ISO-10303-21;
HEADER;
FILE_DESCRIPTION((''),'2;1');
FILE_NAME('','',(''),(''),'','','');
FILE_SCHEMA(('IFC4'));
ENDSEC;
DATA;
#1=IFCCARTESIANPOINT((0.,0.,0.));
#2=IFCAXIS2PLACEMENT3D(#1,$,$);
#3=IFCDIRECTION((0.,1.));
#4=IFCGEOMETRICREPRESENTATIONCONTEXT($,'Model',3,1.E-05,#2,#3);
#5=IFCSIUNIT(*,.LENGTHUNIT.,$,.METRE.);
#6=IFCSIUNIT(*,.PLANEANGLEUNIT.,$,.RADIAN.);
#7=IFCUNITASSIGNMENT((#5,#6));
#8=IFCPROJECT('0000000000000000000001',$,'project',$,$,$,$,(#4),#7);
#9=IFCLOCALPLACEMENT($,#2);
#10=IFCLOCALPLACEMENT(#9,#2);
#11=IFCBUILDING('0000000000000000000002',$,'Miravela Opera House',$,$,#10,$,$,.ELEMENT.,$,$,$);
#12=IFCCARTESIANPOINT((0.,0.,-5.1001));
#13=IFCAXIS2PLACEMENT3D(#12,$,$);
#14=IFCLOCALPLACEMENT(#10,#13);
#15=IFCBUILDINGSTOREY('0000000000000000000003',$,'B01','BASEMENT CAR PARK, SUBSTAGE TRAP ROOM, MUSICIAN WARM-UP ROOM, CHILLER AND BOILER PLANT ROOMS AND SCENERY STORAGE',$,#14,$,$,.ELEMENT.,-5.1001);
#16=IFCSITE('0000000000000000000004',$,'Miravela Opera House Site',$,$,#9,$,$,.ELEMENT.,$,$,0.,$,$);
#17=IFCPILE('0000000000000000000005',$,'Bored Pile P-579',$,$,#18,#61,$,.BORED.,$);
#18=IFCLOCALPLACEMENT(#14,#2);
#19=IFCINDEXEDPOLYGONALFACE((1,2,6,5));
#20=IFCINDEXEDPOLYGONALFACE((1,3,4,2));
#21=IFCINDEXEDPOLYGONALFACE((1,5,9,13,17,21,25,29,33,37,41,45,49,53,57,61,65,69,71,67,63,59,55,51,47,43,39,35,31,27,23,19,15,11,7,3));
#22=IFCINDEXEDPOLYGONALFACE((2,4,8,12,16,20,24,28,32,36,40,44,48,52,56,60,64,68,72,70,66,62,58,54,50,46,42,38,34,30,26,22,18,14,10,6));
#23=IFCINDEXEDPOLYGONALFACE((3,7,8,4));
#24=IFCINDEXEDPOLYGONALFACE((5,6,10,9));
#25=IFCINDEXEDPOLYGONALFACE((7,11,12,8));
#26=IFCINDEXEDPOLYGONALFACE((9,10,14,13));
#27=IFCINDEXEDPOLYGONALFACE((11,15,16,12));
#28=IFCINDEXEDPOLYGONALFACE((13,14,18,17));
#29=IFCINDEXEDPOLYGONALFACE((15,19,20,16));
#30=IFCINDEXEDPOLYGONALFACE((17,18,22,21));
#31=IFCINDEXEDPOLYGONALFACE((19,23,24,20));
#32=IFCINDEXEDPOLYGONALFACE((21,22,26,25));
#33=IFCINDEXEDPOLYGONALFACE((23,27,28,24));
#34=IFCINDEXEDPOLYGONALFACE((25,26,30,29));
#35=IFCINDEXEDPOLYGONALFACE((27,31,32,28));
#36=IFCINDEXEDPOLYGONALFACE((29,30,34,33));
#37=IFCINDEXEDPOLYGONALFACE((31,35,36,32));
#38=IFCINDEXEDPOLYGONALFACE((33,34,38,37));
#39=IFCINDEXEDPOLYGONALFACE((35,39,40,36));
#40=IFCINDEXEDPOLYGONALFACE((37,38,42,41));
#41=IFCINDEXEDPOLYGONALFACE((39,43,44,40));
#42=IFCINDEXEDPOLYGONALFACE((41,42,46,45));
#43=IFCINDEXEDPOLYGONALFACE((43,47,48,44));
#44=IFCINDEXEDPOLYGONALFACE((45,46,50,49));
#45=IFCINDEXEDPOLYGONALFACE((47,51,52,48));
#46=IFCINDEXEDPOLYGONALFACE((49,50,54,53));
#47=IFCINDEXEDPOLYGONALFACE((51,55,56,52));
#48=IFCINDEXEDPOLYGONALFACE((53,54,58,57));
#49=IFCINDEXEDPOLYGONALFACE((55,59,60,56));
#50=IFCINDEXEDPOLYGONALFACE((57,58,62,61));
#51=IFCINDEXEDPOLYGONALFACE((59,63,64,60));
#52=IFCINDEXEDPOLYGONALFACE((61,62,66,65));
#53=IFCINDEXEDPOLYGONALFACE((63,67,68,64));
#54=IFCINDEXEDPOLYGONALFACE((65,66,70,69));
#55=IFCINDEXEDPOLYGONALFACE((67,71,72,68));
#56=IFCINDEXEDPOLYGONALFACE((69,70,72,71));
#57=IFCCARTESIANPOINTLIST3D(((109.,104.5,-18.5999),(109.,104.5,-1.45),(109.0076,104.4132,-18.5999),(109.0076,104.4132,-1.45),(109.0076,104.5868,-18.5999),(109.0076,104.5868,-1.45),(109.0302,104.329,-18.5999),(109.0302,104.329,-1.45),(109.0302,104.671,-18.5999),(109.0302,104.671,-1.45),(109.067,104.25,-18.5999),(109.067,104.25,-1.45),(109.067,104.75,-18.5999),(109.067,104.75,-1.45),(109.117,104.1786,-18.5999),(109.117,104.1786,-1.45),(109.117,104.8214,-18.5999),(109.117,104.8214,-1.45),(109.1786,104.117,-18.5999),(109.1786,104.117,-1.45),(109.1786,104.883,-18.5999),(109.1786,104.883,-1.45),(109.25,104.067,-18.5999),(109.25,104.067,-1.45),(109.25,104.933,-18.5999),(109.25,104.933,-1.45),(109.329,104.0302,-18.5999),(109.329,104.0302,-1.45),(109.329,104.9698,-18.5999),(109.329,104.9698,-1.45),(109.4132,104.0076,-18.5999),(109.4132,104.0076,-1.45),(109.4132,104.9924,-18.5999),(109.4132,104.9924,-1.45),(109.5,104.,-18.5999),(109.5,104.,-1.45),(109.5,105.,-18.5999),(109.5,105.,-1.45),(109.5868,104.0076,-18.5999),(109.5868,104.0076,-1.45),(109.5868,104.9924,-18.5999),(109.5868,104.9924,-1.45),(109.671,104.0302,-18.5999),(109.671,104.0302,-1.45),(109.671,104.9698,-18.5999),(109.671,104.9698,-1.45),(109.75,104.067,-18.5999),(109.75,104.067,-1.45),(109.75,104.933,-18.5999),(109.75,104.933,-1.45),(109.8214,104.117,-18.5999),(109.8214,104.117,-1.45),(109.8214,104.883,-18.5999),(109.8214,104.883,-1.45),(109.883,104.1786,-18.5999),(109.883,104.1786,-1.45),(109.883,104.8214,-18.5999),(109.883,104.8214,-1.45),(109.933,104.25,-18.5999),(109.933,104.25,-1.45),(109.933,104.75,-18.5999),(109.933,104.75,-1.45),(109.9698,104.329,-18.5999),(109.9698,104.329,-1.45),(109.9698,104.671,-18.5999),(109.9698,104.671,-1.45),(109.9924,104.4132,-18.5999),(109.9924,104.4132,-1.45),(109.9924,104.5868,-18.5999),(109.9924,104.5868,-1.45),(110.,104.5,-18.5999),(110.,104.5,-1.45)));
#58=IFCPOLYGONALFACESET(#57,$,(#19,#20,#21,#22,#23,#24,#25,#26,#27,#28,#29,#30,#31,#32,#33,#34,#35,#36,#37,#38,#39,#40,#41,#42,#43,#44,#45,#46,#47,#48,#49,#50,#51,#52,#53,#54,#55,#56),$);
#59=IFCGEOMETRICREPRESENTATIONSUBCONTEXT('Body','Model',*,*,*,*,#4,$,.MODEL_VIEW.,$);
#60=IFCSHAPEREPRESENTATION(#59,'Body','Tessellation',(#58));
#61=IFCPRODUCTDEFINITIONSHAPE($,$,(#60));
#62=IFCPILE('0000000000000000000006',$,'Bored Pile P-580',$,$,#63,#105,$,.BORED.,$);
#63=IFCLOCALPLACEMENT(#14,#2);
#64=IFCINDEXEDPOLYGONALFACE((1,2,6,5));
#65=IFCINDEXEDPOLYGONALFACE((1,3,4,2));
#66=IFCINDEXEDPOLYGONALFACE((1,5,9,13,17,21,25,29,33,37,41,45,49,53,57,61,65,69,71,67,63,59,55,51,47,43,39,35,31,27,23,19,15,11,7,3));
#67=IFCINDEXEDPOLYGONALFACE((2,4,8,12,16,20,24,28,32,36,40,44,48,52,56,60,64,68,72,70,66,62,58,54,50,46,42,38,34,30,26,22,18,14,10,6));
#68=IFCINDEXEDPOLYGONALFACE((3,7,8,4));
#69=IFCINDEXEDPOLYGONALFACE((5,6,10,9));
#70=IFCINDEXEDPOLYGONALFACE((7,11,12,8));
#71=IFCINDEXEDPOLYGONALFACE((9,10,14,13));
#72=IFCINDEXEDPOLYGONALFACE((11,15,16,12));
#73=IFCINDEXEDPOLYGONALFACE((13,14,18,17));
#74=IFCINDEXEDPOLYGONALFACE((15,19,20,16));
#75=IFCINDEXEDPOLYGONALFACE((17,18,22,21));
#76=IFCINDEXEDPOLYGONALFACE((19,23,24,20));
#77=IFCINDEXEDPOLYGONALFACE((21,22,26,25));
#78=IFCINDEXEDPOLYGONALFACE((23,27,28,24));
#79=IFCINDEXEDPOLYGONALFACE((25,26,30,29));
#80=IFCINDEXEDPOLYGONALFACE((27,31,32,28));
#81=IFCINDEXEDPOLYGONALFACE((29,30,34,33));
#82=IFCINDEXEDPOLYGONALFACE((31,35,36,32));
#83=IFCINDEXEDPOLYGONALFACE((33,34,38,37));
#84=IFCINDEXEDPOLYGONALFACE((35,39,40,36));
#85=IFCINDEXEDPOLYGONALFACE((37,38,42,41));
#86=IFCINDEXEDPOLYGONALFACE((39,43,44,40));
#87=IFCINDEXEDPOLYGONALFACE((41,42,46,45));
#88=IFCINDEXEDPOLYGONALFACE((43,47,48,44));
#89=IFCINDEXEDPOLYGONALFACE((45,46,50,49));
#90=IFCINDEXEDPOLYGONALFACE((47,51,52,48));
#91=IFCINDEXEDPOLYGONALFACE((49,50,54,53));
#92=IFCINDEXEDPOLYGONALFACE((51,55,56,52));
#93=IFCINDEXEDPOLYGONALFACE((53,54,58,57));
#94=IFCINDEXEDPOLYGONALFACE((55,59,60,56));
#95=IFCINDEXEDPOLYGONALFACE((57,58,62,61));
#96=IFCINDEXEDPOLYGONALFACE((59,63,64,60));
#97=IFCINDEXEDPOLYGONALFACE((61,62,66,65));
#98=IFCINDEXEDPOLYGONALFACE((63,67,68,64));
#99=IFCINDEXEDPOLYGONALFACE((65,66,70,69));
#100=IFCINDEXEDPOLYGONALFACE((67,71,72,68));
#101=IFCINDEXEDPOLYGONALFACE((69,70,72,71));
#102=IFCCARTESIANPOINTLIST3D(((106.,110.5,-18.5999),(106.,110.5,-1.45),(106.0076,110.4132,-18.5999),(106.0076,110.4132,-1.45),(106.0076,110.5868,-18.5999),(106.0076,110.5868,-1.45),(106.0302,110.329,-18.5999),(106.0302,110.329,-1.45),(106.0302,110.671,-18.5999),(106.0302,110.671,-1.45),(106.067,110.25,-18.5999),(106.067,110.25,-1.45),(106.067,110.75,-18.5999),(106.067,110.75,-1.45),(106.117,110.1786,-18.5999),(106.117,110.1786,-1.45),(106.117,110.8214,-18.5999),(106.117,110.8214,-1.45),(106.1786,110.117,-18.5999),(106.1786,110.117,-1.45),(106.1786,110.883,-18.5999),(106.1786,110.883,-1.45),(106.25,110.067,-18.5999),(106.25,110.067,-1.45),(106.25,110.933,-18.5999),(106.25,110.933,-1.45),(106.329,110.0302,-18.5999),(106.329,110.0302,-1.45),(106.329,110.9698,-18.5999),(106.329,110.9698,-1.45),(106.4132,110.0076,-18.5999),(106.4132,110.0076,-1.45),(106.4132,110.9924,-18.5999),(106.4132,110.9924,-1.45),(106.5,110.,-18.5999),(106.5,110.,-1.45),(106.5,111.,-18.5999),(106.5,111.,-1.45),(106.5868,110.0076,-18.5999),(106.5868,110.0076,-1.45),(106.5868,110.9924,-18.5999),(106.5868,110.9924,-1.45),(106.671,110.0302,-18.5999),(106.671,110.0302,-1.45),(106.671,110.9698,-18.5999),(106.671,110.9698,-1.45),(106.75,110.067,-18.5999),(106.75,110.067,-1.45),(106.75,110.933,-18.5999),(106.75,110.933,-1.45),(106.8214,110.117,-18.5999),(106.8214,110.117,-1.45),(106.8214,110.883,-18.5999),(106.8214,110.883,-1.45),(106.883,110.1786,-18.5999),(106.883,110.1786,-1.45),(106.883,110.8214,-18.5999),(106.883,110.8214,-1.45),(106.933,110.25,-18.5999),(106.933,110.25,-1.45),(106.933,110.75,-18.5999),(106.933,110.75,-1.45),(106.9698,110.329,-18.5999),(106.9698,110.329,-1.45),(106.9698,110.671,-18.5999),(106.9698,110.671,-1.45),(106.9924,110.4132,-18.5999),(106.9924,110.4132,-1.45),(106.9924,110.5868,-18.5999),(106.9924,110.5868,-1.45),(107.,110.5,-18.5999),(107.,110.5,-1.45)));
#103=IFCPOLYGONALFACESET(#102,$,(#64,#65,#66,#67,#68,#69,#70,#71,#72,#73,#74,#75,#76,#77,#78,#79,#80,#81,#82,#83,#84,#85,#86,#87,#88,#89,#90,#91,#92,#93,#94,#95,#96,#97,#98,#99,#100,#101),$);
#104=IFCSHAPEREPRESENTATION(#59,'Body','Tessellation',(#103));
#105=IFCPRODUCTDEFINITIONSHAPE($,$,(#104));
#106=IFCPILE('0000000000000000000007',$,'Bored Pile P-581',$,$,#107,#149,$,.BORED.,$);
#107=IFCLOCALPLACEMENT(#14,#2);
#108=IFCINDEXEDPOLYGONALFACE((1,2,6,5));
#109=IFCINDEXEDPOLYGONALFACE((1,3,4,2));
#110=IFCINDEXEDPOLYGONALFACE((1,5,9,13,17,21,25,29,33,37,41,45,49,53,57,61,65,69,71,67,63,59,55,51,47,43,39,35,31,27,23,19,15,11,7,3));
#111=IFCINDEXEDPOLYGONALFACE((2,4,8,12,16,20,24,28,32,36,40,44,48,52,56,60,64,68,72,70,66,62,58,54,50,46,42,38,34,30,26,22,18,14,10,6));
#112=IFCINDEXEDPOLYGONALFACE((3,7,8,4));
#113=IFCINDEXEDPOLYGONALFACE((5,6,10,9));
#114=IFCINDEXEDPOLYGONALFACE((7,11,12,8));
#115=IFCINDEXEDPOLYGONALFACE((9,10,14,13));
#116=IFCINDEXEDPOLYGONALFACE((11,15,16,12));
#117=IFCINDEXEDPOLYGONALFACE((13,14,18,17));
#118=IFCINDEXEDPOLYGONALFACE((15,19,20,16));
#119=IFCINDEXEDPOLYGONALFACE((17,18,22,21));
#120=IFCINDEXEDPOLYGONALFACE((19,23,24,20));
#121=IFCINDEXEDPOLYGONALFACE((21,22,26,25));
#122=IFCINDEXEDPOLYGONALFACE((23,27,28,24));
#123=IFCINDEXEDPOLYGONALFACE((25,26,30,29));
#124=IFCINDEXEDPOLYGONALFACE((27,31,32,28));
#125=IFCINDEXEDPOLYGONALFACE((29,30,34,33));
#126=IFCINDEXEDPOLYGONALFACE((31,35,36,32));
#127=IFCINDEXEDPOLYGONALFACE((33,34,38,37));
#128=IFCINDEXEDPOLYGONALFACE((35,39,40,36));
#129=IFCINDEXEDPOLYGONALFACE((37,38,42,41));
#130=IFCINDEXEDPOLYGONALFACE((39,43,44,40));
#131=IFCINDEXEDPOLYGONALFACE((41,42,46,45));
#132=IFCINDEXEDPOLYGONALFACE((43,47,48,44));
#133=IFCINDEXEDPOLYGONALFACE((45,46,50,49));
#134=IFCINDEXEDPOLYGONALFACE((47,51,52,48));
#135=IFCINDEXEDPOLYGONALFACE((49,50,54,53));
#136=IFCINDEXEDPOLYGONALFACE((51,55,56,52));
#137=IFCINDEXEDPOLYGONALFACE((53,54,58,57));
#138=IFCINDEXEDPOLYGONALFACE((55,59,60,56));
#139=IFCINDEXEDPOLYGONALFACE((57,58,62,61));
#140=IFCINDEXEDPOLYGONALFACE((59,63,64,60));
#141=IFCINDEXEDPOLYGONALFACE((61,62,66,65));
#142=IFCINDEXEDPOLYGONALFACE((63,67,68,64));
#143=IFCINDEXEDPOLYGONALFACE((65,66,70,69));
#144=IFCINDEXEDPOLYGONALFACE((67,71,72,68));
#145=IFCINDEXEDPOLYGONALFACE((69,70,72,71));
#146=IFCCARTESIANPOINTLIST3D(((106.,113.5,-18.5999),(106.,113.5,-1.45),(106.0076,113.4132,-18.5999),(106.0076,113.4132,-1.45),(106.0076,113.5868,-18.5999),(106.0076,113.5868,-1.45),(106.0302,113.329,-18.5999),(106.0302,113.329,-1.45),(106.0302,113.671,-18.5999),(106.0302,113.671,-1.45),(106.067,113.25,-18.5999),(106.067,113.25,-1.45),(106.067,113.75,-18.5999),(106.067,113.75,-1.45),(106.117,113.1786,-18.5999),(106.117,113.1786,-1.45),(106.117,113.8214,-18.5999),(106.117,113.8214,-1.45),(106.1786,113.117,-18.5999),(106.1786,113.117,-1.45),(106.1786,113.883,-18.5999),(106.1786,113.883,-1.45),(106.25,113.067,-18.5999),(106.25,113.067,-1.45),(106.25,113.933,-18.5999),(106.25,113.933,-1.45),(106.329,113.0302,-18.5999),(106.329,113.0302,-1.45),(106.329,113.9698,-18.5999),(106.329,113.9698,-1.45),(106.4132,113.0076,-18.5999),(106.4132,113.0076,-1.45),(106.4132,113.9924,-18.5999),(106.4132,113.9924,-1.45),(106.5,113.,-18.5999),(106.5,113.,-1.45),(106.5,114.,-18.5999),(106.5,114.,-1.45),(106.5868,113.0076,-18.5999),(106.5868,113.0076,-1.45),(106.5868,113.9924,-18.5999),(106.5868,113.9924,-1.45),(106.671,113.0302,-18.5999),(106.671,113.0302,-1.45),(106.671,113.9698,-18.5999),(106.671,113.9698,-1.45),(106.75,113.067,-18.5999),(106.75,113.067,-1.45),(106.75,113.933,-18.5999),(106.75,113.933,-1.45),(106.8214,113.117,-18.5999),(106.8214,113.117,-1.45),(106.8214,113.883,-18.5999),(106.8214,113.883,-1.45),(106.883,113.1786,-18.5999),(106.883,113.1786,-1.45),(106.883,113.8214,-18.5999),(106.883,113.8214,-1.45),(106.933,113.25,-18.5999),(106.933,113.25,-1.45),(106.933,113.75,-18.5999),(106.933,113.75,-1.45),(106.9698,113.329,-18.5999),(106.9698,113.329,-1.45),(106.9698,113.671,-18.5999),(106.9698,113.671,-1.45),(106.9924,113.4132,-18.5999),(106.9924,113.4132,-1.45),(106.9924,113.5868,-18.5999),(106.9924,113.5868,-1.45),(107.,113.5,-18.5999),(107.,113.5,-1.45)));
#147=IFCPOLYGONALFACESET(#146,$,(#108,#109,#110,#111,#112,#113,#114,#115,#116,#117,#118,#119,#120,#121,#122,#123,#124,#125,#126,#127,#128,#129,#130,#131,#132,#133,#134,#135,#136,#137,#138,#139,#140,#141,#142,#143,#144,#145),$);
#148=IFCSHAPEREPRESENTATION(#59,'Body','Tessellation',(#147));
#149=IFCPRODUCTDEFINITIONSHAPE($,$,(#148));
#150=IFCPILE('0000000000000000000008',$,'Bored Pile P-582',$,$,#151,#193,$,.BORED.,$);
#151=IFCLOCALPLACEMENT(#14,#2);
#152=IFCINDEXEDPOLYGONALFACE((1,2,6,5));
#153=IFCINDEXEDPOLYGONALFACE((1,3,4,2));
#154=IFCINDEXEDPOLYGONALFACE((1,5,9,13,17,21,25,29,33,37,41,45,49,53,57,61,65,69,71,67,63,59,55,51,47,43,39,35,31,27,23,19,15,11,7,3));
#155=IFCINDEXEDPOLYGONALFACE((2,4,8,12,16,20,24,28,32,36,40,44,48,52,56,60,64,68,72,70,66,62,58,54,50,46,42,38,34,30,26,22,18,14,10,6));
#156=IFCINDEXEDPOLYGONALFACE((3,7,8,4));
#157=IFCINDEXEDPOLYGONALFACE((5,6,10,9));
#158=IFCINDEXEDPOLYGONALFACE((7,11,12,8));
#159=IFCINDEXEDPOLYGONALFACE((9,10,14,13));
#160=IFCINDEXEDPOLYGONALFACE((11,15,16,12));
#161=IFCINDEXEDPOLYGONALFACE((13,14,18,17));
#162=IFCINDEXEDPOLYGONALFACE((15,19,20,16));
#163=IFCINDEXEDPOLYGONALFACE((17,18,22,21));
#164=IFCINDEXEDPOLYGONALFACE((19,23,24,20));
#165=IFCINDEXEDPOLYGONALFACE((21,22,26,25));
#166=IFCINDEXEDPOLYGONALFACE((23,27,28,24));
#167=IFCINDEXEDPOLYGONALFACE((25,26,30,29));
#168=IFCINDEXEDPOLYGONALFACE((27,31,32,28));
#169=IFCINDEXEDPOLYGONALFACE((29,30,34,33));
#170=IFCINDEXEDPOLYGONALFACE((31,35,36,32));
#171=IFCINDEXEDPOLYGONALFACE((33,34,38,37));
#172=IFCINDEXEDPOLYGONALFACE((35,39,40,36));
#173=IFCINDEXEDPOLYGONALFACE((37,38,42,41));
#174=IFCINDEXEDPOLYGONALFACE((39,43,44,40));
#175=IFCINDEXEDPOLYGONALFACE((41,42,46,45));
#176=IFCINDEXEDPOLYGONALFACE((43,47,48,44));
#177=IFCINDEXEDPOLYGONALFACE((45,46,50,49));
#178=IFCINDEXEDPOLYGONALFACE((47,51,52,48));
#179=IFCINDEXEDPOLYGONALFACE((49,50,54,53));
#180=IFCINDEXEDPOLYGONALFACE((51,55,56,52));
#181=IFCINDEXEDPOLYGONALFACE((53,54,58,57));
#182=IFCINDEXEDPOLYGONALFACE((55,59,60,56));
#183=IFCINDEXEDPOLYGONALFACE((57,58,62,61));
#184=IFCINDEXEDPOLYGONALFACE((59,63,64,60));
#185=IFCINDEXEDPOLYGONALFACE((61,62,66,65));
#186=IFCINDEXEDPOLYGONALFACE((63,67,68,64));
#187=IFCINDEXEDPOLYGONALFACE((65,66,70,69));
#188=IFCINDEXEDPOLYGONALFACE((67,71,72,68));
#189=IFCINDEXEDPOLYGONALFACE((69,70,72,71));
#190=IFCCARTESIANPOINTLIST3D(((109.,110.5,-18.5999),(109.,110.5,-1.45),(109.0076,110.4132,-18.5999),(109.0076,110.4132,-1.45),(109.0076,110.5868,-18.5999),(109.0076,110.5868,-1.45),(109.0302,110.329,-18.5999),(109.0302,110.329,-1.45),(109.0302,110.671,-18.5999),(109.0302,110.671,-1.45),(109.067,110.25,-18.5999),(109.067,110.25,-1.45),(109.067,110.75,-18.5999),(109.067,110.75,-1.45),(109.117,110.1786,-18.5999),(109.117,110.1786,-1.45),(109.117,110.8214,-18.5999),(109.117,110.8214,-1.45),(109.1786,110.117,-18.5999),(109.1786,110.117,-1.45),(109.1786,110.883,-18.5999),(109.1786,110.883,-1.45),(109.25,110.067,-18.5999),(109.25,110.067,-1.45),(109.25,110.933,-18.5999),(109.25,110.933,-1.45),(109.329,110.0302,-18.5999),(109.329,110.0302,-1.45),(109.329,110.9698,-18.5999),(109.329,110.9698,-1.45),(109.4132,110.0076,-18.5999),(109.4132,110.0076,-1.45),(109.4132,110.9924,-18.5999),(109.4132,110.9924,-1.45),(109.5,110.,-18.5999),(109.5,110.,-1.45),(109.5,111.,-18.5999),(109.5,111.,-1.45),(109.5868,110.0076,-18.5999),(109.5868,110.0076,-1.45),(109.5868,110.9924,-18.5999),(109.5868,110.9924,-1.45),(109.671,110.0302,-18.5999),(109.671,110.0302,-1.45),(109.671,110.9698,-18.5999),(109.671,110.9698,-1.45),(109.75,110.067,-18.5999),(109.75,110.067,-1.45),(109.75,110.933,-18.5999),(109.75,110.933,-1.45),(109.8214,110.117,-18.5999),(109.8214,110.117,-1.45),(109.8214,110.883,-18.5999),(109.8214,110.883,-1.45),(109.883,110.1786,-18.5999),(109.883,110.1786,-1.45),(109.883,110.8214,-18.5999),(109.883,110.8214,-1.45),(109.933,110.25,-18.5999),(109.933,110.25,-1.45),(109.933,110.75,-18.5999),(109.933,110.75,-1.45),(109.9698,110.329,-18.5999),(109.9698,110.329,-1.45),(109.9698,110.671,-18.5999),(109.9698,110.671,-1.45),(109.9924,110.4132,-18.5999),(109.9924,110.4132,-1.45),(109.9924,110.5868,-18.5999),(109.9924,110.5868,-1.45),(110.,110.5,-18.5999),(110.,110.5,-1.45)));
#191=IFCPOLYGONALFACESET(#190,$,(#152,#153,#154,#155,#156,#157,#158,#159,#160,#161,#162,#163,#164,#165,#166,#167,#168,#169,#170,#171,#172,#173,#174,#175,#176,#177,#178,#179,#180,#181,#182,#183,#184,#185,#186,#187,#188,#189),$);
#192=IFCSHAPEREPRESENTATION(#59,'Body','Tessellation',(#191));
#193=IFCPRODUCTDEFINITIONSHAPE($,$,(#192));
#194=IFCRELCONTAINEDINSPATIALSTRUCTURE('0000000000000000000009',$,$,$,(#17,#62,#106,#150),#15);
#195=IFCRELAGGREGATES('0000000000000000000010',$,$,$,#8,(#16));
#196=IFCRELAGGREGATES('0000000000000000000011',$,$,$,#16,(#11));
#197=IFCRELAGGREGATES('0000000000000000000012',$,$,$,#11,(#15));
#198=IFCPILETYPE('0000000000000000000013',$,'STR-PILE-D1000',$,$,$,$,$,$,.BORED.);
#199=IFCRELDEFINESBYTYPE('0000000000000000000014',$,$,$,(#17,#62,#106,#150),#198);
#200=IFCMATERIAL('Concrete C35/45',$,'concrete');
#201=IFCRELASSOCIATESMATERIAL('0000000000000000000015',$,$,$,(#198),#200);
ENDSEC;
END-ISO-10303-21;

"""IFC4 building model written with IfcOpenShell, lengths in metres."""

from ifc_helpers import new_model, si_unit, direction, frame, origin, origin_2d, place, context, subcontext, project, spatial, circle, extrude, material, material_profile, profile_set, type_object, element, save


model = new_model("IFC4")

# Units and contexts
model_context = context("Model", 3, precision=1e-05, world=origin(), true_north=direction((0.0, 1.0)))
body_context = subcontext(model_context, "Body", "Model", "MODEL_VIEW")
ifc_project = project(units=[si_unit("LENGTHUNIT", "METRE"), si_unit("PLANEANGLEUNIT", "RADIAN")], contexts=[model_context])

# Site, building, storey
site_placement = place(None, origin())
site = spatial("IfcSite", under=ifc_project, at=site_placement, Name="Miravela Opera House Site", CompositionType="ELEMENT", RefElevation=0.0)
building_placement = place(site_placement, origin())
building = spatial("IfcBuilding", under=site, at=building_placement, Name="Miravela Opera House", CompositionType="ELEMENT")
storey_placement = place(building_placement, frame((0.0, 0.0, -5.1001)))
storey = spatial("IfcBuildingStorey", under=building, at=storey_placement, Name="B01", Description="BASEMENT CAR PARK, SUBSTAGE TRAP ROOM, MUSICIAN WARM-UP ROOM, CHILLER AND BOILER PLANT ROOMS AND SCENERY STORAGE", CompositionType="ELEMENT", Elevation=-5.1001)

# Shared definitions
ifc_material_1 = material(Name="Concrete C35/45", Category="concrete")

# Piles
ifc_material_profile_1 = material_profile(ifc_material_1, circle(Radius=0.5, at=origin_2d()), Name="PILE-D1000")
ifc_profile_set_1 = profile_set([ifc_material_profile_1])
pile_type = type_object("IfcPileType", Name="STR-PILE-D1000", PredefinedType="BORED", material=ifc_profile_set_1)
for number, where, z_axis, x_axis, name in (
    (1, (109.5, 104.5, -1.45), (0.0, 0.0, -1.0), (1.0, 0.0, 0.0), "Bored Pile P-579"),
    (2, (106.5, 110.5, -1.45), (0.0, 0.0, -1.0), (1.0, 0.0, 0.0), "Bored Pile P-580"),
    (3, (106.5, 113.5, -1.45), (0.0, 0.0, -1.0), (1.0, 0.0, 0.0), "Bored Pile P-581"),
    (4, (109.5, 110.5, -1.45), (0.0, 0.0, -1.0), (1.0, 0.0, 0.0), "Bored Pile P-582"),
):
    element("IfcPile", number, at=place(storey_placement, frame(where, z_axis=z_axis, x_axis=x_axis)), inside=storey, type_object=pile_type, Name=name, PredefinedType="BORED", context=body_context, shape_type="SweptSolid", body=[
        extrude(circle(Radius=0.5, at=origin_2d()), origin(), (0.0, 0.0, 1.0), 17.1499),
    ])

save(model, "model.ifc")
